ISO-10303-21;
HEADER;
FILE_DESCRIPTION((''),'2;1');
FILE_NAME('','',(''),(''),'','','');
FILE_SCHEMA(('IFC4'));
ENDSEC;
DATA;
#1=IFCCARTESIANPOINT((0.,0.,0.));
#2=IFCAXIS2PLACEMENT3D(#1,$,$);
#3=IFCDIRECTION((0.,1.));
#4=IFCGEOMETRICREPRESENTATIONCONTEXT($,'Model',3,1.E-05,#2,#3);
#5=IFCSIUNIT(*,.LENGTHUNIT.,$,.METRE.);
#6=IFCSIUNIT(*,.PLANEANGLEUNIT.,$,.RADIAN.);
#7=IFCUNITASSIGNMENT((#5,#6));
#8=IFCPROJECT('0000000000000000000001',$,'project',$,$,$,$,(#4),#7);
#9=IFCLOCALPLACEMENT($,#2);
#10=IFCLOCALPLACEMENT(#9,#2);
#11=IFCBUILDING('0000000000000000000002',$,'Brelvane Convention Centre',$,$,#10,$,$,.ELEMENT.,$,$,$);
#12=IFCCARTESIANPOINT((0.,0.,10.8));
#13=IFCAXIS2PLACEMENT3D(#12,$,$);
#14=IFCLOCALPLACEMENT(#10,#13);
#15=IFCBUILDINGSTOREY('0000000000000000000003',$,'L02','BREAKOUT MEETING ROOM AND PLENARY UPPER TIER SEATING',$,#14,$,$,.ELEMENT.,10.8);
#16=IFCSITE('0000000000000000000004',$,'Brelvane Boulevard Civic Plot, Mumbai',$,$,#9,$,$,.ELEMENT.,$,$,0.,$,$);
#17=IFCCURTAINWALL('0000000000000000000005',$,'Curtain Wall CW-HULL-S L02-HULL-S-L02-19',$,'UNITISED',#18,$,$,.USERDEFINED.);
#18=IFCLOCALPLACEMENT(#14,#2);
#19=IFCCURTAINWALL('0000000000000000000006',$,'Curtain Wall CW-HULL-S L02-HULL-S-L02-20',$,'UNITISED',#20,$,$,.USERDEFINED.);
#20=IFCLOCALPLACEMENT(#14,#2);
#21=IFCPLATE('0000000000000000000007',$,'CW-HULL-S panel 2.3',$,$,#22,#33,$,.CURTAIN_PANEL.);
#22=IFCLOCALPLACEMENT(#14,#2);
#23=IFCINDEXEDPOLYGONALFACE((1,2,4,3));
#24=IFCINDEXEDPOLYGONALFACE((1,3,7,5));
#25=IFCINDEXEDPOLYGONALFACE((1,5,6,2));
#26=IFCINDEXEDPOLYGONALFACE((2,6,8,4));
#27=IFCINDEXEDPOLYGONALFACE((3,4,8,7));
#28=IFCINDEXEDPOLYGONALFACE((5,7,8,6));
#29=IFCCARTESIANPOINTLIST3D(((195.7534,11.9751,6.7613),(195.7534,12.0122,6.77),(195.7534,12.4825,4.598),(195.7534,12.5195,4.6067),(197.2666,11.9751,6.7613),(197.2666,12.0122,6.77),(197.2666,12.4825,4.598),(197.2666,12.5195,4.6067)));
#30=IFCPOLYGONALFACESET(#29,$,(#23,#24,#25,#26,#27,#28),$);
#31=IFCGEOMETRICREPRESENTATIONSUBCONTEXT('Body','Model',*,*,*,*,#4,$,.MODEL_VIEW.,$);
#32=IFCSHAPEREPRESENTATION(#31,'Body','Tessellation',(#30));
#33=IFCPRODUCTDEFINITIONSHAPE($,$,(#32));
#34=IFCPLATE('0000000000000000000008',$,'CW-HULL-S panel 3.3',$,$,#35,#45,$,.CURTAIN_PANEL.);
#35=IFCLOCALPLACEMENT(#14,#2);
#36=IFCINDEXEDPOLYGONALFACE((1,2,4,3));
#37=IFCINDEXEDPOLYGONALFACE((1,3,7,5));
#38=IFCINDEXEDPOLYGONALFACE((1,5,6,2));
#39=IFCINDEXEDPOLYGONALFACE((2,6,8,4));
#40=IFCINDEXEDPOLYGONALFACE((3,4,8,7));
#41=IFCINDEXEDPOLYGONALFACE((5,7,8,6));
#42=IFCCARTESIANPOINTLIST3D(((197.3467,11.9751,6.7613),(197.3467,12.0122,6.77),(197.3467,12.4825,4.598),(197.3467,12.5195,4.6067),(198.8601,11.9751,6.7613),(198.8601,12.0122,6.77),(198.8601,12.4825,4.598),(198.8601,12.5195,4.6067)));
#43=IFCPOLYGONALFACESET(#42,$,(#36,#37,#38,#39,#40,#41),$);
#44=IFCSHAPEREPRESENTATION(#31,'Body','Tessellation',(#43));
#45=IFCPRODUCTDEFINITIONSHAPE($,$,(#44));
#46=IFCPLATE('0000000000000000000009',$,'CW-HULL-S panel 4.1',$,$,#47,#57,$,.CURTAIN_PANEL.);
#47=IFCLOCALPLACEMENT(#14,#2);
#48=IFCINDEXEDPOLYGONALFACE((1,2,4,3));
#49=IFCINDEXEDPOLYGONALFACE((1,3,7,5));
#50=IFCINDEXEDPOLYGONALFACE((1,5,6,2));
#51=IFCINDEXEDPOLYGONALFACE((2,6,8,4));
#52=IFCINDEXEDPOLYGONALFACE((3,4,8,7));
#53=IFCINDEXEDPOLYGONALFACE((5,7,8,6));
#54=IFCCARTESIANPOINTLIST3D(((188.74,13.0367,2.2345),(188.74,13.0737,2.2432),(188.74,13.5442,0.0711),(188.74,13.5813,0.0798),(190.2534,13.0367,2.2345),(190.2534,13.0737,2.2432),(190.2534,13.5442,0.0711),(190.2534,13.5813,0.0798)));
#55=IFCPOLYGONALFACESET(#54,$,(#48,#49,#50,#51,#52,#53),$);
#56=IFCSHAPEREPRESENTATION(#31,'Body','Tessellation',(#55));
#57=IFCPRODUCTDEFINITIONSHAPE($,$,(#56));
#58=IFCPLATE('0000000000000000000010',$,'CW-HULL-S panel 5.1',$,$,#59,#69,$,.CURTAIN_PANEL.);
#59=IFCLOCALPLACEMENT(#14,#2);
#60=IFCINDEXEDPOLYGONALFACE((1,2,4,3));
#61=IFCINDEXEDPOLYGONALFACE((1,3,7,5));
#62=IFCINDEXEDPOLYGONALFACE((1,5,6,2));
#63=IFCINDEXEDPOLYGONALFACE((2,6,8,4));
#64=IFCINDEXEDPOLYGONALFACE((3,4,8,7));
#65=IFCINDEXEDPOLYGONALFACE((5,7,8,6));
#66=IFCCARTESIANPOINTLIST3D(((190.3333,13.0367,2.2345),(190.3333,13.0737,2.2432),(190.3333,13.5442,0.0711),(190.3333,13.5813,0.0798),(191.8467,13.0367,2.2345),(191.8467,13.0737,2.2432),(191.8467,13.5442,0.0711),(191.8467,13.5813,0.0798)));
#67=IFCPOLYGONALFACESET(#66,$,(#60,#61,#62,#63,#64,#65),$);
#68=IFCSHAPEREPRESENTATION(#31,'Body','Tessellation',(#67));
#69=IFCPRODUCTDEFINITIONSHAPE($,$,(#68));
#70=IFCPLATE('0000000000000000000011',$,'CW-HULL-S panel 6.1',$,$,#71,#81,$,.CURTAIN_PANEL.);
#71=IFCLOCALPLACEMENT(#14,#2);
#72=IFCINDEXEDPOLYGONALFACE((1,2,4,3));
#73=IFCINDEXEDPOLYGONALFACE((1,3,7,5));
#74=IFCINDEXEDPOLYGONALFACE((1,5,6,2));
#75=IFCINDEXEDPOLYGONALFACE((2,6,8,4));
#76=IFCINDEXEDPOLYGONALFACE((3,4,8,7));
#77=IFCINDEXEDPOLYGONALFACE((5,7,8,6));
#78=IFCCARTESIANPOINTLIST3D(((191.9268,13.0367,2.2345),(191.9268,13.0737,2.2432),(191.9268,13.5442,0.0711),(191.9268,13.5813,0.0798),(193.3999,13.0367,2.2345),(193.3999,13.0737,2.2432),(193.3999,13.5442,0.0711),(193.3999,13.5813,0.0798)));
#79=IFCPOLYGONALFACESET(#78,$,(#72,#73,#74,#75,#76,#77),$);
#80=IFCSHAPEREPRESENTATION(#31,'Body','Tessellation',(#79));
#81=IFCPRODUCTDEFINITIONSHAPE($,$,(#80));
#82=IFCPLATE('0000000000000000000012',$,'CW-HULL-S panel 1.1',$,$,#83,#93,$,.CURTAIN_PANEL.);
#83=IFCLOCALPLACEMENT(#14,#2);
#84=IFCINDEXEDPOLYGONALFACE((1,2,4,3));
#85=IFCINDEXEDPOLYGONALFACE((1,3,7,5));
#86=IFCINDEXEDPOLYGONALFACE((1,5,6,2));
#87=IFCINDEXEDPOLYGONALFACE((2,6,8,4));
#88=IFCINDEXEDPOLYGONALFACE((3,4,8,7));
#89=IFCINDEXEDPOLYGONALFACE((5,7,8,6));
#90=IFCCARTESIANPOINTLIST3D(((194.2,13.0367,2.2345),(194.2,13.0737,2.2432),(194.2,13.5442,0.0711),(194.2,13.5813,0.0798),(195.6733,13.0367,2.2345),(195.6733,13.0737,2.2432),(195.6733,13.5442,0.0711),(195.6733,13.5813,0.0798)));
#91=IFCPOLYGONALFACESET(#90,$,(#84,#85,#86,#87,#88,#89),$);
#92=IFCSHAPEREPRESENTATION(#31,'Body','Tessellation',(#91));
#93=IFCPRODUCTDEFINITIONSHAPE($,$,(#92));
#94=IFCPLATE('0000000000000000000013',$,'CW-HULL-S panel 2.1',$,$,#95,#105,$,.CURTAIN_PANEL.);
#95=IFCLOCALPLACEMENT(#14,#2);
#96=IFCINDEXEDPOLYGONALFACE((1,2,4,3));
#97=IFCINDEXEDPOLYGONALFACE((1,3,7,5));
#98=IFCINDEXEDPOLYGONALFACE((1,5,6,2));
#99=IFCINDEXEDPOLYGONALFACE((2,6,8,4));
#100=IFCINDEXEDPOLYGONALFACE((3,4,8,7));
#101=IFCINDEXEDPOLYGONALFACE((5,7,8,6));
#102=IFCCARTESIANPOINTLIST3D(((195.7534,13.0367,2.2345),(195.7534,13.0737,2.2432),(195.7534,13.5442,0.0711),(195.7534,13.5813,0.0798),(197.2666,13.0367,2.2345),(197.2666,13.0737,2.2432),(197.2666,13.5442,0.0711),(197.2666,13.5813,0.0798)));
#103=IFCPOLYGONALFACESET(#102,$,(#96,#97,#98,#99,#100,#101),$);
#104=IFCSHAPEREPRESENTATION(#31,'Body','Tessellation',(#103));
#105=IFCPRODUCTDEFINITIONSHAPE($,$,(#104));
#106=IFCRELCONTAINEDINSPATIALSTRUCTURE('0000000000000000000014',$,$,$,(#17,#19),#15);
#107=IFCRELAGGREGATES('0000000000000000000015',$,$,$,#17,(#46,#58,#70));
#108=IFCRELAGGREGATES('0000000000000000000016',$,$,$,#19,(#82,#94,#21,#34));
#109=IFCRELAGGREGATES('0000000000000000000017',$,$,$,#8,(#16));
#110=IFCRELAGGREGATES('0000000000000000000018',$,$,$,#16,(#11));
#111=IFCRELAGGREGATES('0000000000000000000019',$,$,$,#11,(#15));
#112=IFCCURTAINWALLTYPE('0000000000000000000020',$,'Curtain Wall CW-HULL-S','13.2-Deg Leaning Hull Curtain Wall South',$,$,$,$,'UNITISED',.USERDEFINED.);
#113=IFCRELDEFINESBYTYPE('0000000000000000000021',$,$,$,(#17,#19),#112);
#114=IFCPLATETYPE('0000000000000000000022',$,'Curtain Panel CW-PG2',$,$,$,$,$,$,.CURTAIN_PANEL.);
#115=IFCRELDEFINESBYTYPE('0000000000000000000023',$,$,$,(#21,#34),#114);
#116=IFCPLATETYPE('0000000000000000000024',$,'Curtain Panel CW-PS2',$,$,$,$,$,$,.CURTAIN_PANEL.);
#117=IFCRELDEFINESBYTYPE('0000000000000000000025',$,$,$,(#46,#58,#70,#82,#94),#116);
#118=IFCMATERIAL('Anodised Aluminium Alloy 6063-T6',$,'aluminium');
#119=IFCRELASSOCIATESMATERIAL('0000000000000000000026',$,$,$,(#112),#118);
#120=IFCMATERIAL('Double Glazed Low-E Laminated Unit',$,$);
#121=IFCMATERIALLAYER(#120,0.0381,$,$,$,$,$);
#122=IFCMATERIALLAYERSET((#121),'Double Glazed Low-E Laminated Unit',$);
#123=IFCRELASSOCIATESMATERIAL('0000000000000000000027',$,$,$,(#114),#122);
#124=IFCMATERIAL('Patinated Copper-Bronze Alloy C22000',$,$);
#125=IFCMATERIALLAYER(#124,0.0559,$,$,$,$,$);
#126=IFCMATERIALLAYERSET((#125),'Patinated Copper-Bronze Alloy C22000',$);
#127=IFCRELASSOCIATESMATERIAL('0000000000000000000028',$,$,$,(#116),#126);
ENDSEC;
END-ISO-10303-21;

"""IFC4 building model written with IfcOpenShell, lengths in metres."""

from ifc_helpers import new_model, si_unit, direction, frame, origin, place, context, subcontext, project, spatial, polyline, outline, extrude, material, layer, layer_set, type_object, element, aggregate, save


model = new_model("IFC4")

# Units and contexts
model_context = context("Model", 3, precision=1e-05, world=origin(), true_north=direction((0.0, 1.0)))
body_context = subcontext(model_context, "Body", "Model", "MODEL_VIEW")
ifc_project = project(units=[si_unit("LENGTHUNIT", "METRE"), si_unit("PLANEANGLEUNIT", "RADIAN")], contexts=[model_context])

# Site, building, storey
site_placement = place(None, origin())
site = spatial("IfcSite", under=ifc_project, at=site_placement, Name="Brelvane Boulevard Civic Plot, Mumbai", CompositionType="ELEMENT", RefElevation=0.0)
building_placement = place(site_placement, origin())
building = spatial("IfcBuilding", under=site, at=building_placement, Name="Brelvane Convention Centre", CompositionType="ELEMENT")
storey_placement = place(building_placement, frame((0.0, 0.0, 10.8)))
storey = spatial("IfcBuildingStorey", under=building, at=storey_placement, Name="L02", Description="BREAKOUT MEETING ROOM AND PLENARY UPPER TIER SEATING", CompositionType="ELEMENT", Elevation=10.8)

# Curtain walls
ifc_material_1 = material(Name="Anodised Aluminium Alloy 6063-T6", Category="aluminium")
curtain_wall_type = type_object("IfcCurtainWallType", Name="Curtain Wall CW-HULL-S", Description="13.2-Deg Leaning Hull Curtain Wall South", ElementType="UNITISED", PredefinedType="USERDEFINED", material=ifc_material_1)
curtain_wall_1_placement = place(storey_placement, origin())
curtain_wall_1 = element("IfcCurtainWall", 1, at=curtain_wall_1_placement, inside=storey, type_object=curtain_wall_type, Name="Curtain Wall CW-HULL-S L02-HULL-S-L02-19", ObjectType="UNITISED", PredefinedType="USERDEFINED")
curtain_wall_2_placement = place(storey_placement, origin())
curtain_wall_2 = element("IfcCurtainWall", 2, at=curtain_wall_2_placement, inside=storey, type_object=curtain_wall_type, Name="Curtain Wall CW-HULL-S L02-HULL-S-L02-20", ObjectType="UNITISED", PredefinedType="USERDEFINED")

# Plates
ifc_material_2 = material(Name="Double Glazed Low-E Laminated Unit")
ifc_layer_1 = layer(ifc_material_2, 0.0381)
ifc_layer_set_1 = layer_set([ifc_layer_1], Name="Double Glazed Low-E Laminated Unit")
plate_type_1 = type_object("IfcPlateType", Name="Curtain Panel CW-PG2", PredefinedType="CURTAIN_PANEL", material=ifc_layer_set_1)
plate_1_placement = place(storey_placement, frame((195.7534, 12.5195, 4.6067), z_axis=(0.0, 0.973587, 0.228317), x_axis=(1.0, 0.0, 0.0)))
plate_1 = element("IfcPlate", 3, at=plate_1_placement, type_object=plate_type_1, Name="CW-HULL-S panel 2.3", PredefinedType="CURTAIN_PANEL", context=body_context, shape_type="SweptSolid", body=[
    extrude(outline(polyline([(0.0, 0.0), (1.5132, 0.0), (1.5132, -2.222), (0.0, -2.222), (0.0, 0.0)])), origin(), (0.0, 0.0, -1.0), 0.0381),
])
plate_2_placement = place(storey_placement, frame((197.3467, 12.5195, 4.6067), z_axis=(0.0, 0.973587, 0.228317), x_axis=(1.0, 0.0, 0.0)))
plate_2 = element("IfcPlate", 4, at=plate_2_placement, type_object=plate_type_1, Name="CW-HULL-S panel 3.3", PredefinedType="CURTAIN_PANEL", context=body_context, shape_type="SweptSolid", body=[
    extrude(outline(polyline([(0.0, 0.0), (1.5134, 0.0), (1.5134, -2.222), (0.0, -2.222), (0.0, 0.0)])), origin(), (0.0, 0.0, -1.0), 0.0381),
])
ifc_material_3 = material(Name="Patinated Copper-Bronze Alloy C22000")
ifc_layer_2 = layer(ifc_material_3, 0.0559)
ifc_layer_set_2 = layer_set([ifc_layer_2], Name="Patinated Copper-Bronze Alloy C22000")
plate_type_2 = type_object("IfcPlateType", Name="Curtain Panel CW-PS2", PredefinedType="CURTAIN_PANEL", material=ifc_layer_set_2)
plate_3_placement = place(storey_placement, frame((188.74, 13.5813, 0.0798), z_axis=(0.0, 0.973563, 0.228421), x_axis=(1.0, 0.0, 0.0)))
plate_3 = element("IfcPlate", 5, at=plate_3_placement, type_object=plate_type_2, Name="CW-HULL-S panel 4.1", PredefinedType="CURTAIN_PANEL", context=body_context, shape_type="SweptSolid", body=[
    extrude(outline(polyline([(0.0, 0.0), (1.5134, 0.0), (1.5134, -2.2221), (0.0, -2.2221), (0.0, 0.0)])), origin(), (0.0, 0.0, -1.0), 0.0381),
])
plate_4_placement = place(storey_placement, frame((190.3333, 13.5813, 0.0798), z_axis=(0.0, 0.973563, 0.228421), x_axis=(1.0, 0.0, 0.0)))
plate_4 = element("IfcPlate", 6, at=plate_4_placement, type_object=plate_type_2, Name="CW-HULL-S panel 5.1", PredefinedType="CURTAIN_PANEL", context=body_context, shape_type="SweptSolid", body=[
    extrude(outline(polyline([(0.0, 0.0), (1.5134, 0.0), (1.5134, -2.2221), (0.0, -2.2221), (0.0, 0.0)])), origin(), (0.0, 0.0, -1.0), 0.0381),
])
plate_5_placement = place(storey_placement, frame((191.9268, 13.5813, 0.0798), z_axis=(0.0, 0.973563, 0.228421), x_axis=(1.0, 0.0, 0.0)))
plate_5 = element("IfcPlate", 7, at=plate_5_placement, type_object=plate_type_2, Name="CW-HULL-S panel 6.1", PredefinedType="CURTAIN_PANEL", context=body_context, shape_type="SweptSolid", body=[
    extrude(outline(polyline([(0.0, 0.0), (1.4731, 0.0), (1.4731, -2.2221), (0.0, -2.2221), (0.0, 0.0)])), origin(), (0.0, 0.0, -1.0), 0.0381),
])
aggregate(curtain_wall_1, [plate_3, plate_4, plate_5])
plate_6_placement = place(storey_placement, frame((194.2, 13.5813, 0.0798), z_axis=(0.0, 0.973563, 0.228421), x_axis=(1.0, 0.0, 0.0)))
plate_6 = element("IfcPlate", 8, at=plate_6_placement, type_object=plate_type_2, Name="CW-HULL-S panel 1.1", PredefinedType="CURTAIN_PANEL", context=body_context, shape_type="SweptSolid", body=[
    extrude(outline(polyline([(0.0, 0.0), (1.4734, 0.0), (1.4734, -2.2221), (0.0, -2.2221), (0.0, 0.0)])), origin(), (0.0, 0.0, -1.0), 0.0381),
])
plate_7_placement = place(storey_placement, frame((195.7534, 13.5813, 0.0798), z_axis=(0.0, 0.973563, 0.228421), x_axis=(1.0, 0.0, 0.0)))
plate_7 = element("IfcPlate", 9, at=plate_7_placement, type_object=plate_type_2, Name="CW-HULL-S panel 2.1", PredefinedType="CURTAIN_PANEL", context=body_context, shape_type="SweptSolid", body=[
    extrude(outline(polyline([(0.0, 0.0), (1.5132, 0.0), (1.5132, -2.2221), (0.0, -2.2221), (0.0, 0.0)])), origin(), (0.0, 0.0, -1.0), 0.0381),
])
aggregate(curtain_wall_2, [plate_6, plate_7, plate_1, plate_2])

save(model, "model.ifc")
